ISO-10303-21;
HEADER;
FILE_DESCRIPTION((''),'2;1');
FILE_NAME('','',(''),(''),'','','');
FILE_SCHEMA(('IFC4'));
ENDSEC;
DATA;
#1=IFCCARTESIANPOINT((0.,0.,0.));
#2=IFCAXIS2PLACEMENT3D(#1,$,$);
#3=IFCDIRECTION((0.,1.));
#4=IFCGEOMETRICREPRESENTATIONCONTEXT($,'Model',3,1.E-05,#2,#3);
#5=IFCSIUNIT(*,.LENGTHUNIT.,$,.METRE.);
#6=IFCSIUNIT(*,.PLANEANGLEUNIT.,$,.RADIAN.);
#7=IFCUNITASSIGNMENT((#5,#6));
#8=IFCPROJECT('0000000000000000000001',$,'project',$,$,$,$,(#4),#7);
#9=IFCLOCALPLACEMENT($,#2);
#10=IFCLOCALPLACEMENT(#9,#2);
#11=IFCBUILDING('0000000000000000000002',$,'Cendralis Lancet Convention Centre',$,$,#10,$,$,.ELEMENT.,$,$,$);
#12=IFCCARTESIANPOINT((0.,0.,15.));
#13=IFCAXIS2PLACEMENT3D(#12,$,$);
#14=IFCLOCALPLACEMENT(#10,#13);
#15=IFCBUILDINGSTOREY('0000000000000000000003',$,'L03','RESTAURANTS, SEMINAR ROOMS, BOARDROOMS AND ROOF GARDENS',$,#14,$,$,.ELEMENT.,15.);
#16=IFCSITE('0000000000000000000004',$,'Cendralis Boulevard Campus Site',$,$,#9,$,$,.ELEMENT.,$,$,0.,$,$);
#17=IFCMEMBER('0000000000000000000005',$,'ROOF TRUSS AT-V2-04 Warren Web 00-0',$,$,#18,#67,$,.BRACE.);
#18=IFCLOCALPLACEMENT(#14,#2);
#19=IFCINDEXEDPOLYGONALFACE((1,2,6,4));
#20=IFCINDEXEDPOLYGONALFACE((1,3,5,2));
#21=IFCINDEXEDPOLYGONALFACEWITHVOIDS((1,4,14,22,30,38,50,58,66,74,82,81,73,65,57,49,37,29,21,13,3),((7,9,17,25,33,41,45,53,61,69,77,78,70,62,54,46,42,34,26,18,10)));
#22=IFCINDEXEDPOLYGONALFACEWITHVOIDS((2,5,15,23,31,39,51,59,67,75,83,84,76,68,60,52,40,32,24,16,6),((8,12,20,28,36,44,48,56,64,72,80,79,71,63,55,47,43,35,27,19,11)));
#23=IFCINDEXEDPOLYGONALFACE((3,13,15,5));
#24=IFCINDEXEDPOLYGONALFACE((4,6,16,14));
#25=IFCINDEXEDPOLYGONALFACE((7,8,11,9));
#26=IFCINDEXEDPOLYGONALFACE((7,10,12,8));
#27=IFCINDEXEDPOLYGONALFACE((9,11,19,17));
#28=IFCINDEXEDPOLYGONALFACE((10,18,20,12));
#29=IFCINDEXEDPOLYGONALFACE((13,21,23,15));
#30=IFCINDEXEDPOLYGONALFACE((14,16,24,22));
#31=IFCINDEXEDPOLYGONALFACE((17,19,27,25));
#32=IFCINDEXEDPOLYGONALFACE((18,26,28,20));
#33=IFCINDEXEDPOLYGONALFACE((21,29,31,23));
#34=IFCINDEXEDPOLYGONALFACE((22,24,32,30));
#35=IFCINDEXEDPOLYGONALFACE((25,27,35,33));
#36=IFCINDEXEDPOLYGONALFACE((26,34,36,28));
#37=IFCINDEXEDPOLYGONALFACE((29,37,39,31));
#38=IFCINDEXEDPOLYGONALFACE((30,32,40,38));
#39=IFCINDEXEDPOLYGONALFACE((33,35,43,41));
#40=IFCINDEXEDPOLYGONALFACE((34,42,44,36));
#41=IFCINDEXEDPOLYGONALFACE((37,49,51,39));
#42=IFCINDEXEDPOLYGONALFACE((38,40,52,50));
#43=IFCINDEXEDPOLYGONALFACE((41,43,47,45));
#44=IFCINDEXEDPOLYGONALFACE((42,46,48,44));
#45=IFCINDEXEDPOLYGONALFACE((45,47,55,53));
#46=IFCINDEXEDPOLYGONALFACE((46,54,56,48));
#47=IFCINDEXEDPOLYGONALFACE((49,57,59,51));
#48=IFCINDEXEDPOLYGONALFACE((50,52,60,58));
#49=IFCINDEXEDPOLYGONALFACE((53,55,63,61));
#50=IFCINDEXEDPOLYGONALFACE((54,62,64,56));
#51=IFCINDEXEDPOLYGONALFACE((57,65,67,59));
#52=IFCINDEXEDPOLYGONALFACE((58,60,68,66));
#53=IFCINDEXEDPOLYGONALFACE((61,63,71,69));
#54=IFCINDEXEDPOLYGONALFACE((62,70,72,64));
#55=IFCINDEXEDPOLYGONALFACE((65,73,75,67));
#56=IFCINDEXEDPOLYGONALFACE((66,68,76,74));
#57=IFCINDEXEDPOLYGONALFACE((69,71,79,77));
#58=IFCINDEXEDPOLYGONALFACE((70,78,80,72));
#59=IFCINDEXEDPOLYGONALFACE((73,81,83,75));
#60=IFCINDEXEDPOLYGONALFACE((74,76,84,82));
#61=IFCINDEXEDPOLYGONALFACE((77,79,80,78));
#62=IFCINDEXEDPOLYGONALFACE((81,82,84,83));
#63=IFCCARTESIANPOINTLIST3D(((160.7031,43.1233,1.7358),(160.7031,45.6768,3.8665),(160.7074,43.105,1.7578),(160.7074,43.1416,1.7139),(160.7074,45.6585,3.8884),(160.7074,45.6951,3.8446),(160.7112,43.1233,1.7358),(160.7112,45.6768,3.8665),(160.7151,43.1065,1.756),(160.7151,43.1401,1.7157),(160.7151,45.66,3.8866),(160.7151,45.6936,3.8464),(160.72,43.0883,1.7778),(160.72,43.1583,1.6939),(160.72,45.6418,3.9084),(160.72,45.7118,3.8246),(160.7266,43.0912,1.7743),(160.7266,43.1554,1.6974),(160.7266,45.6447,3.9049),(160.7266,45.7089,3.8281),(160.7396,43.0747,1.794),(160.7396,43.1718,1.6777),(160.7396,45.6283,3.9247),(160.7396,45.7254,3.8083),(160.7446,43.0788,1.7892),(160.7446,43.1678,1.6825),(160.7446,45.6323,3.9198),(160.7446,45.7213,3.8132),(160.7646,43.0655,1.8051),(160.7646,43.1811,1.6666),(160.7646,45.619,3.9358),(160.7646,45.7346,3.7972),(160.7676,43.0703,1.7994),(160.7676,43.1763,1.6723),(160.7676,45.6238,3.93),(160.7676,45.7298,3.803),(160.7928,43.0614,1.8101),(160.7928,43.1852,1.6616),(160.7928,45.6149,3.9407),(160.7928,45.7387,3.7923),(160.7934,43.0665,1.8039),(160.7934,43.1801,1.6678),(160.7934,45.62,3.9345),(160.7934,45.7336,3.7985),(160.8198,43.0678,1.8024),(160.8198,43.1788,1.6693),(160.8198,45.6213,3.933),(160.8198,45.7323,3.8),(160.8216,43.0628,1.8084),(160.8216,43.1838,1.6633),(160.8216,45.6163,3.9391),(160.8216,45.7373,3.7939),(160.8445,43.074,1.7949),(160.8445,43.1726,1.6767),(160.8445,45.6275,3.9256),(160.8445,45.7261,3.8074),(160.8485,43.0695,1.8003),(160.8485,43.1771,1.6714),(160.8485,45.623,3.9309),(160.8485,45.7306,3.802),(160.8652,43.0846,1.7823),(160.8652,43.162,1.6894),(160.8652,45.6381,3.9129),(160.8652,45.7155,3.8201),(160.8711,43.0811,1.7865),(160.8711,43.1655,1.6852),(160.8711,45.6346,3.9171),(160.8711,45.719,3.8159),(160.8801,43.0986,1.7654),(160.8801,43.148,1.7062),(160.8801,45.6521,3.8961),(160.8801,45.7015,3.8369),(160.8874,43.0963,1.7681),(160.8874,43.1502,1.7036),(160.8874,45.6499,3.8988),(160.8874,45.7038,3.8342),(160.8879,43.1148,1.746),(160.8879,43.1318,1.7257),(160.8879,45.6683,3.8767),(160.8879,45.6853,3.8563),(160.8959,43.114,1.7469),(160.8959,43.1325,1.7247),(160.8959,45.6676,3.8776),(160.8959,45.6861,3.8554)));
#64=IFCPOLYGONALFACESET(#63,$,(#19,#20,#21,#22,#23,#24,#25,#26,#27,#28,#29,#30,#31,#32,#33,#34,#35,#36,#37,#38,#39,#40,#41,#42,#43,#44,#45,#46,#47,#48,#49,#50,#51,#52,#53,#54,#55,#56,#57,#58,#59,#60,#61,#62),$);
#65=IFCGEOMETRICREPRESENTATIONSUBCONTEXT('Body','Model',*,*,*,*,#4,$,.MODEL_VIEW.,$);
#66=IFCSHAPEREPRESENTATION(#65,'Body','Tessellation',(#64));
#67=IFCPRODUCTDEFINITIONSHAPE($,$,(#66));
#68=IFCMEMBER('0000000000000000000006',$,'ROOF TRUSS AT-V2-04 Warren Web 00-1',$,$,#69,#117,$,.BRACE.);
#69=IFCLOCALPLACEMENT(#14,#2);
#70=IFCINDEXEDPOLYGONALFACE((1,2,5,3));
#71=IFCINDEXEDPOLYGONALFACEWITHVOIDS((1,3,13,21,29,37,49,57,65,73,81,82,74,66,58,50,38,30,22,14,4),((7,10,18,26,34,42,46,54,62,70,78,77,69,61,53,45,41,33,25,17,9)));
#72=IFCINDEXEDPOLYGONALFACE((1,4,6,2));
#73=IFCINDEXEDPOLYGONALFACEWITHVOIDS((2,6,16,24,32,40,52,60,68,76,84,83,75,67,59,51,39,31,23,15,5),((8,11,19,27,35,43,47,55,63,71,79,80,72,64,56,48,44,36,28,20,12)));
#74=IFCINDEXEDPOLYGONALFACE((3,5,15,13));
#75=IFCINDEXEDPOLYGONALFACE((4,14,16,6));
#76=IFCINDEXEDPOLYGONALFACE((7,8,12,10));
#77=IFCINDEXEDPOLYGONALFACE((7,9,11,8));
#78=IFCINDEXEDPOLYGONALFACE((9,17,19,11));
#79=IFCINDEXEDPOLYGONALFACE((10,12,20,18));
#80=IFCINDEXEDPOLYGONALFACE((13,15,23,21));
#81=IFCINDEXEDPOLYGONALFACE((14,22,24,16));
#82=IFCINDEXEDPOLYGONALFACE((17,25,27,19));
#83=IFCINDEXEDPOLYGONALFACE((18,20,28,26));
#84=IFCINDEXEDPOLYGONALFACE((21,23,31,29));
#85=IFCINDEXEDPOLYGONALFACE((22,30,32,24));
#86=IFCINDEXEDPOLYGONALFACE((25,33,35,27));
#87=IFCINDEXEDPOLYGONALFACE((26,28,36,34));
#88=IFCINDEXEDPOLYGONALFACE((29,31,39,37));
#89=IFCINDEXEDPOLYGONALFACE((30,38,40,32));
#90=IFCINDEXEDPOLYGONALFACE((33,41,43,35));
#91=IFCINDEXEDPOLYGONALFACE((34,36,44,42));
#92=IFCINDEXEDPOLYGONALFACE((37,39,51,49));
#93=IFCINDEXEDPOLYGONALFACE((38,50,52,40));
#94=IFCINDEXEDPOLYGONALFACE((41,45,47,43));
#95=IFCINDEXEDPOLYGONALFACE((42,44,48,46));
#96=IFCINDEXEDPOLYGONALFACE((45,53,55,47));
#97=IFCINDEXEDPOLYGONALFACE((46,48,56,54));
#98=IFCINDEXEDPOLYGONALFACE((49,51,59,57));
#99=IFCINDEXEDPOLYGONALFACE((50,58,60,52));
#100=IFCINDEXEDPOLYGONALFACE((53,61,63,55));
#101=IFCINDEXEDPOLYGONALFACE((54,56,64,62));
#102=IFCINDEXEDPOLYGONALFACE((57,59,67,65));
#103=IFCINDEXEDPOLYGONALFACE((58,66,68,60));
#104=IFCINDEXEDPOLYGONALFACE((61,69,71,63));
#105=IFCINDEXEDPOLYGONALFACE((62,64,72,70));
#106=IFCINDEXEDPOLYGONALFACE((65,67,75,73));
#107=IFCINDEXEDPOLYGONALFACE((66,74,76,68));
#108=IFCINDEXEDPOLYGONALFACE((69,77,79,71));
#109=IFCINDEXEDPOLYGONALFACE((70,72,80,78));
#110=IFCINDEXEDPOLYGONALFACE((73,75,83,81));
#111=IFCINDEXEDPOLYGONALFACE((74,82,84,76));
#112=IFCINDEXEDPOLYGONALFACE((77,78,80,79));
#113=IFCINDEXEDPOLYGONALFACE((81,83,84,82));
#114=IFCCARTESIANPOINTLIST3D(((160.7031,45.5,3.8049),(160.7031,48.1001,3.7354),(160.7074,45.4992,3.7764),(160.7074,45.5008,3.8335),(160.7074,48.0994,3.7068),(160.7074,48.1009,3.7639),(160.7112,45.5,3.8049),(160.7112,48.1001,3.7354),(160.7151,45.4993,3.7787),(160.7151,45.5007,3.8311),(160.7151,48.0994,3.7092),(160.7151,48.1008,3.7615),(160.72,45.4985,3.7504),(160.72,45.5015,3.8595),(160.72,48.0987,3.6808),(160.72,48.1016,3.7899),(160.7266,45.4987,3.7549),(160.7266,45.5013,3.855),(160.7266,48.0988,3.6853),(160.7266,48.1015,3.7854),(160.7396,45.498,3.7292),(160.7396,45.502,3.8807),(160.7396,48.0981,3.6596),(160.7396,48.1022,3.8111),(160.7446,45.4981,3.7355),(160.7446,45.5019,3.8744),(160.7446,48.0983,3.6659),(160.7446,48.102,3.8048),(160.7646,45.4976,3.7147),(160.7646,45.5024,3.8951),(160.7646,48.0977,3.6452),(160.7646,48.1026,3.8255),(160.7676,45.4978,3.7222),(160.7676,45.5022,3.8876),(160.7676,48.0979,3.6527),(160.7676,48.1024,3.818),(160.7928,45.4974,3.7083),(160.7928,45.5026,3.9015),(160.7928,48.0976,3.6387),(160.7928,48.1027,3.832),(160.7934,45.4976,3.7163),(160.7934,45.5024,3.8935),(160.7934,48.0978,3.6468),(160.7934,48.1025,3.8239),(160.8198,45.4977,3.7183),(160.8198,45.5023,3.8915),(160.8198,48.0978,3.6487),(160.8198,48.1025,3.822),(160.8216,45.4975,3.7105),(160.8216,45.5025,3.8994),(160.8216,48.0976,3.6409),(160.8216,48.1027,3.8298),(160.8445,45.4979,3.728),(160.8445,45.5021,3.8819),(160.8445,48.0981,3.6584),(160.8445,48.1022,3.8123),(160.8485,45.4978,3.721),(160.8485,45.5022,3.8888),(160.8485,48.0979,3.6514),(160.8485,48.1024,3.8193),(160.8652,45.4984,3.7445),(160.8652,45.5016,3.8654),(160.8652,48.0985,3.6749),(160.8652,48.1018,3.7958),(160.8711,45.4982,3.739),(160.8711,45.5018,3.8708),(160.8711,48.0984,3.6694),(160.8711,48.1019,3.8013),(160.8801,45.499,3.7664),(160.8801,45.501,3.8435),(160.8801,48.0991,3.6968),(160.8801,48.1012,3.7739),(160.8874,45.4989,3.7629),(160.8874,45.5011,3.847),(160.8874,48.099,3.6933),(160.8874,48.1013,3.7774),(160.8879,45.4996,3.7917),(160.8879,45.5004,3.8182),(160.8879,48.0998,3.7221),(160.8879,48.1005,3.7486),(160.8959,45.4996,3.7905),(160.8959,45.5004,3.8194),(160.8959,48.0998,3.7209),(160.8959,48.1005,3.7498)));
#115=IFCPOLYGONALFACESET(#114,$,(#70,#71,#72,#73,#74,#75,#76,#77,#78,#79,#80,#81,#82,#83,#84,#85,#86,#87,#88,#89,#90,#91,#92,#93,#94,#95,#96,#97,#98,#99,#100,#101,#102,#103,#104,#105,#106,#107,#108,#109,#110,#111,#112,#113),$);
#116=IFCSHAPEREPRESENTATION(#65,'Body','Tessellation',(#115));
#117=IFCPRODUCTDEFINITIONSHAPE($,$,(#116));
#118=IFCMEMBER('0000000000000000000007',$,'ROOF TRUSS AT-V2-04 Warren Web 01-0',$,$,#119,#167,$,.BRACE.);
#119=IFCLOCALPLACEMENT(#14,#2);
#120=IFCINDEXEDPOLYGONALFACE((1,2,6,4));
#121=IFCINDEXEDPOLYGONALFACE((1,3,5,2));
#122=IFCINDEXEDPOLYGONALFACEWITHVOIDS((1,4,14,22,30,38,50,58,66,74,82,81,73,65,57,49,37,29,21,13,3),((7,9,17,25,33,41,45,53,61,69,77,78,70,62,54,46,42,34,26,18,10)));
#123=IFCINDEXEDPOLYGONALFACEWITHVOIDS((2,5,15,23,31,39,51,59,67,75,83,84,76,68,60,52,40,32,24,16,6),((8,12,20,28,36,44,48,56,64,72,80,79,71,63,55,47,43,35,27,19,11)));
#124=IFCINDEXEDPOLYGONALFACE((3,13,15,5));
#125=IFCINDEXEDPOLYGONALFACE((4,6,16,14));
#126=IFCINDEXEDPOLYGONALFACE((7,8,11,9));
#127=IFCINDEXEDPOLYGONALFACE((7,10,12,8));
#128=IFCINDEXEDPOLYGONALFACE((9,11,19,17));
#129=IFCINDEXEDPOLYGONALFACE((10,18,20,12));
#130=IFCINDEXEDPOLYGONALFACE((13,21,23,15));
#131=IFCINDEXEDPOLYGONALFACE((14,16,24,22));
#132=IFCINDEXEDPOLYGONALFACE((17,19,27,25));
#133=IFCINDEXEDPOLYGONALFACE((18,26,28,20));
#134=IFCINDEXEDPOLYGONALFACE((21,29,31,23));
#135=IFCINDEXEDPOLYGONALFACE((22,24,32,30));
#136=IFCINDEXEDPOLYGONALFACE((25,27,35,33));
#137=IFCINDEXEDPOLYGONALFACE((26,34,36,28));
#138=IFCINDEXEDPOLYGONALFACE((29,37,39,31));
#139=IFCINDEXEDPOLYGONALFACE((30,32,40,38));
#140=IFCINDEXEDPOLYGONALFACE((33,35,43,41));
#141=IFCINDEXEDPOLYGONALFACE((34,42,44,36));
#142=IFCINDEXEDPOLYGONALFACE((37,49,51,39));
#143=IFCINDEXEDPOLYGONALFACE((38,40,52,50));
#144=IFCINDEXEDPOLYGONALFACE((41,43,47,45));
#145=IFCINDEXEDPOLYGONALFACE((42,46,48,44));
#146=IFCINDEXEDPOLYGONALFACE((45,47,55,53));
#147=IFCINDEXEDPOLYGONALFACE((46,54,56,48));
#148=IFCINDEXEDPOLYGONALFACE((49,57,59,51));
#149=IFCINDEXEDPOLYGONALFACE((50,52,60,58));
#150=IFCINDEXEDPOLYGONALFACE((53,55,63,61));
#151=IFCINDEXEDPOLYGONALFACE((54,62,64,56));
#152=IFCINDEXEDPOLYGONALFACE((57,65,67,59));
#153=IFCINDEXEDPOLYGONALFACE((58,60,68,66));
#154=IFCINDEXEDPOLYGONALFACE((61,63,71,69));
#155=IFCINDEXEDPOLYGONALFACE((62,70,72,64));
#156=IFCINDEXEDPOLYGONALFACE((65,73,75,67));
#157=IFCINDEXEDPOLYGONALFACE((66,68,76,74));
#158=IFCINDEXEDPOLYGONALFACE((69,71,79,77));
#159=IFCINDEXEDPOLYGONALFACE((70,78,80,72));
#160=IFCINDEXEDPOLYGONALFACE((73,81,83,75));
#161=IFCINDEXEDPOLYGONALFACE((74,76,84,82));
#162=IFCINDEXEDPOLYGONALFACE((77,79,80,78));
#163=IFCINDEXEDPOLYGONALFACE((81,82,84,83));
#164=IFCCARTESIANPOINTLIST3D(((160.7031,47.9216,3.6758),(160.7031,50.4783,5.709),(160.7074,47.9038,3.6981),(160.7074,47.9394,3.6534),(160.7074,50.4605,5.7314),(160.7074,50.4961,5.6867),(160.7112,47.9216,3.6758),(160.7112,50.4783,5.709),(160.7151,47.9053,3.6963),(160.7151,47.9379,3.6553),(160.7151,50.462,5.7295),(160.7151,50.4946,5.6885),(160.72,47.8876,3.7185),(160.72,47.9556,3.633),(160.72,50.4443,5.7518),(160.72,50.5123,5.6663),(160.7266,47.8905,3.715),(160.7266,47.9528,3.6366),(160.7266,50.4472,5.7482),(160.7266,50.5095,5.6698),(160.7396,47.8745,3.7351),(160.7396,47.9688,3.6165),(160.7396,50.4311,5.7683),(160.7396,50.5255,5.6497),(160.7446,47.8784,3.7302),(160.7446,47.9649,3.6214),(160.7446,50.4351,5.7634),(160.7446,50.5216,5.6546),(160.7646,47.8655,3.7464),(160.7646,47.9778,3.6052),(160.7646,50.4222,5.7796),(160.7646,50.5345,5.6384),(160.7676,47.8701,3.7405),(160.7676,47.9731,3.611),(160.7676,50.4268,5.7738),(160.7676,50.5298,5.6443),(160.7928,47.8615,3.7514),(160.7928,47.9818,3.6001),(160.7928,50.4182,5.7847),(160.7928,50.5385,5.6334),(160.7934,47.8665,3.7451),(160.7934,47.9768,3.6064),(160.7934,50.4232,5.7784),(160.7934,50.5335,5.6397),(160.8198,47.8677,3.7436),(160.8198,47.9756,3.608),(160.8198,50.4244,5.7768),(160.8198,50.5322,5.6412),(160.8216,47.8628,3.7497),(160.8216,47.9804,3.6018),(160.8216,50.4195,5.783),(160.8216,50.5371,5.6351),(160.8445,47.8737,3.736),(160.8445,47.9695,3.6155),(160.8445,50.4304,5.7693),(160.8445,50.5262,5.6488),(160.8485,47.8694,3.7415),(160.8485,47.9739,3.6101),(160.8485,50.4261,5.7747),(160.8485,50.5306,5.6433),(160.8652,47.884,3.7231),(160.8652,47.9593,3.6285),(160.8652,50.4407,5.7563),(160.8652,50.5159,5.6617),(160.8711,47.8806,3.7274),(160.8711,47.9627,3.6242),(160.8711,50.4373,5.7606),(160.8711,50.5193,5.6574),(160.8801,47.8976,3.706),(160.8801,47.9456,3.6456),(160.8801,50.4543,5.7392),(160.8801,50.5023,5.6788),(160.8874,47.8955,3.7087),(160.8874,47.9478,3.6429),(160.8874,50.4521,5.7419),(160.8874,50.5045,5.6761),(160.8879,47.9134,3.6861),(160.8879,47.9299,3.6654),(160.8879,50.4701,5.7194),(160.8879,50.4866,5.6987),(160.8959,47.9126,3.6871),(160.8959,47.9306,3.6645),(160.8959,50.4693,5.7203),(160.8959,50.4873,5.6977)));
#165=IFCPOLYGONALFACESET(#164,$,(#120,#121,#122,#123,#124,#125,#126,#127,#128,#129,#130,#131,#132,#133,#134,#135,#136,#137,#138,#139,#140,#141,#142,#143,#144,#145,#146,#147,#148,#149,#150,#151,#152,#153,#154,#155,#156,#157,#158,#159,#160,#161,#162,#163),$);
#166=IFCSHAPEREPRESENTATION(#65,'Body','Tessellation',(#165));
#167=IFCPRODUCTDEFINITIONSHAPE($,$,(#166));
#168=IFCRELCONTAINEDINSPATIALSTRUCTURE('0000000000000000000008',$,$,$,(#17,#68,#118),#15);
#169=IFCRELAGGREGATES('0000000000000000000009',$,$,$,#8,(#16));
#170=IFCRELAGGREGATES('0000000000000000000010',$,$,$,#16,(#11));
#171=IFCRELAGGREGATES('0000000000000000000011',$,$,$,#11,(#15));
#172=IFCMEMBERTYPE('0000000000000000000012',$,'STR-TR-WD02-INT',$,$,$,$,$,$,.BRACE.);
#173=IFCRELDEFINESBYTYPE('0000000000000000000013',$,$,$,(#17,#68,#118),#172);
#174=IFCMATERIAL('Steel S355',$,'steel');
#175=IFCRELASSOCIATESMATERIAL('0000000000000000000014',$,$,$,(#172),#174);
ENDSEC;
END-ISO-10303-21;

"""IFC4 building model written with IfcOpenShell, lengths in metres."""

from ifc_helpers import new_model, si_unit, direction, frame, origin, origin_2d, place, context, subcontext, project, spatial, hollow_circle, extrude, material, material_profile, profile_set, type_object, element, save


model = new_model("IFC4")

# Units and contexts
model_context = context("Model", 3, precision=1e-05, world=origin(), true_north=direction((0.0, 1.0)))
body_context = subcontext(model_context, "Body", "Model", "MODEL_VIEW")
ifc_project = project(units=[si_unit("LENGTHUNIT", "METRE"), si_unit("PLANEANGLEUNIT", "RADIAN")], contexts=[model_context])

# Site, building, storey
site_placement = place(None, origin())
site = spatial("IfcSite", under=ifc_project, at=site_placement, Name="Cendralis Boulevard Campus Site", CompositionType="ELEMENT", RefElevation=0.0)
building_placement = place(site_placement, origin())
building = spatial("IfcBuilding", under=site, at=building_placement, Name="Cendralis Lancet Convention Centre", CompositionType="ELEMENT")
storey_placement = place(building_placement, frame((0.0, 0.0, 15.0)))
storey = spatial("IfcBuildingStorey", under=building, at=storey_placement, Name="L03", Description="RESTAURANTS, SEMINAR ROOMS, BOARDROOMS AND ROOF GARDENS", CompositionType="ELEMENT", Elevation=15.0)

# Shared definitions
ifc_material_1 = material(Name="Steel S355", Category="steel")

# Members
ifc_material_profile_1 = material_profile(ifc_material_1, hollow_circle(Radius=0.0969, WallThickness=0.0081, at=origin_2d()), Name="CHS 193.7x8.0")
ifc_profile_set_1 = profile_set([ifc_material_profile_1], Name="Steel S355")
member_type_1 = type_object("IfcMemberType", Name="STR-TR-WD02-INT", PredefinedType="BRACE", material=ifc_profile_set_1)
member_1_placement = place(storey_placement, frame((160.8, 43.1233, 1.7358), z_axis=(0.0, 0.767818, 0.640668), x_axis=(-1.0, 0.0, 0.0)))
element("IfcMember", 1, at=member_1_placement, inside=storey, type_object=member_type_1, Name="ROOF TRUSS AT-V2-04 Warren Web 00-0", PredefinedType="BRACE", context=body_context, shape_type="SweptSolid", body=[
    extrude(hollow_circle(Radius=0.0969, WallThickness=0.0081, at=origin_2d()), origin(), (0.0, 0.0, 1.0), 3.3257),
])
member_2_placement = place(storey_placement, frame((160.8, 45.5, 3.8049), z_axis=(0.0, 0.999642, -0.026751), x_axis=(-1.0, 0.0, 0.0)))
element("IfcMember", 2, at=member_2_placement, inside=storey, type_object=member_type_1, Name="ROOF TRUSS AT-V2-04 Warren Web 00-1", PredefinedType="BRACE", context=body_context, shape_type="SweptSolid", body=[
    extrude(hollow_circle(Radius=0.0969, WallThickness=0.0081, at=origin_2d()), origin(), (0.0, 0.0, 1.0), 2.6011),
])
member_3_placement = place(storey_placement, frame((160.8, 47.9216, 3.6758), z_axis=(0.0, 0.782674, 0.622432), x_axis=(-1.0, 0.0, 0.0)))
element("IfcMember", 3, at=member_3_placement, inside=storey, type_object=member_type_1, Name="ROOF TRUSS AT-V2-04 Warren Web 01-0", PredefinedType="BRACE", context=body_context, shape_type="SweptSolid", body=[
    extrude(hollow_circle(Radius=0.0969, WallThickness=0.0081, at=origin_2d()), origin(), (0.0, 0.0, 1.0), 3.2666),
])

save(model, "model.ifc")
